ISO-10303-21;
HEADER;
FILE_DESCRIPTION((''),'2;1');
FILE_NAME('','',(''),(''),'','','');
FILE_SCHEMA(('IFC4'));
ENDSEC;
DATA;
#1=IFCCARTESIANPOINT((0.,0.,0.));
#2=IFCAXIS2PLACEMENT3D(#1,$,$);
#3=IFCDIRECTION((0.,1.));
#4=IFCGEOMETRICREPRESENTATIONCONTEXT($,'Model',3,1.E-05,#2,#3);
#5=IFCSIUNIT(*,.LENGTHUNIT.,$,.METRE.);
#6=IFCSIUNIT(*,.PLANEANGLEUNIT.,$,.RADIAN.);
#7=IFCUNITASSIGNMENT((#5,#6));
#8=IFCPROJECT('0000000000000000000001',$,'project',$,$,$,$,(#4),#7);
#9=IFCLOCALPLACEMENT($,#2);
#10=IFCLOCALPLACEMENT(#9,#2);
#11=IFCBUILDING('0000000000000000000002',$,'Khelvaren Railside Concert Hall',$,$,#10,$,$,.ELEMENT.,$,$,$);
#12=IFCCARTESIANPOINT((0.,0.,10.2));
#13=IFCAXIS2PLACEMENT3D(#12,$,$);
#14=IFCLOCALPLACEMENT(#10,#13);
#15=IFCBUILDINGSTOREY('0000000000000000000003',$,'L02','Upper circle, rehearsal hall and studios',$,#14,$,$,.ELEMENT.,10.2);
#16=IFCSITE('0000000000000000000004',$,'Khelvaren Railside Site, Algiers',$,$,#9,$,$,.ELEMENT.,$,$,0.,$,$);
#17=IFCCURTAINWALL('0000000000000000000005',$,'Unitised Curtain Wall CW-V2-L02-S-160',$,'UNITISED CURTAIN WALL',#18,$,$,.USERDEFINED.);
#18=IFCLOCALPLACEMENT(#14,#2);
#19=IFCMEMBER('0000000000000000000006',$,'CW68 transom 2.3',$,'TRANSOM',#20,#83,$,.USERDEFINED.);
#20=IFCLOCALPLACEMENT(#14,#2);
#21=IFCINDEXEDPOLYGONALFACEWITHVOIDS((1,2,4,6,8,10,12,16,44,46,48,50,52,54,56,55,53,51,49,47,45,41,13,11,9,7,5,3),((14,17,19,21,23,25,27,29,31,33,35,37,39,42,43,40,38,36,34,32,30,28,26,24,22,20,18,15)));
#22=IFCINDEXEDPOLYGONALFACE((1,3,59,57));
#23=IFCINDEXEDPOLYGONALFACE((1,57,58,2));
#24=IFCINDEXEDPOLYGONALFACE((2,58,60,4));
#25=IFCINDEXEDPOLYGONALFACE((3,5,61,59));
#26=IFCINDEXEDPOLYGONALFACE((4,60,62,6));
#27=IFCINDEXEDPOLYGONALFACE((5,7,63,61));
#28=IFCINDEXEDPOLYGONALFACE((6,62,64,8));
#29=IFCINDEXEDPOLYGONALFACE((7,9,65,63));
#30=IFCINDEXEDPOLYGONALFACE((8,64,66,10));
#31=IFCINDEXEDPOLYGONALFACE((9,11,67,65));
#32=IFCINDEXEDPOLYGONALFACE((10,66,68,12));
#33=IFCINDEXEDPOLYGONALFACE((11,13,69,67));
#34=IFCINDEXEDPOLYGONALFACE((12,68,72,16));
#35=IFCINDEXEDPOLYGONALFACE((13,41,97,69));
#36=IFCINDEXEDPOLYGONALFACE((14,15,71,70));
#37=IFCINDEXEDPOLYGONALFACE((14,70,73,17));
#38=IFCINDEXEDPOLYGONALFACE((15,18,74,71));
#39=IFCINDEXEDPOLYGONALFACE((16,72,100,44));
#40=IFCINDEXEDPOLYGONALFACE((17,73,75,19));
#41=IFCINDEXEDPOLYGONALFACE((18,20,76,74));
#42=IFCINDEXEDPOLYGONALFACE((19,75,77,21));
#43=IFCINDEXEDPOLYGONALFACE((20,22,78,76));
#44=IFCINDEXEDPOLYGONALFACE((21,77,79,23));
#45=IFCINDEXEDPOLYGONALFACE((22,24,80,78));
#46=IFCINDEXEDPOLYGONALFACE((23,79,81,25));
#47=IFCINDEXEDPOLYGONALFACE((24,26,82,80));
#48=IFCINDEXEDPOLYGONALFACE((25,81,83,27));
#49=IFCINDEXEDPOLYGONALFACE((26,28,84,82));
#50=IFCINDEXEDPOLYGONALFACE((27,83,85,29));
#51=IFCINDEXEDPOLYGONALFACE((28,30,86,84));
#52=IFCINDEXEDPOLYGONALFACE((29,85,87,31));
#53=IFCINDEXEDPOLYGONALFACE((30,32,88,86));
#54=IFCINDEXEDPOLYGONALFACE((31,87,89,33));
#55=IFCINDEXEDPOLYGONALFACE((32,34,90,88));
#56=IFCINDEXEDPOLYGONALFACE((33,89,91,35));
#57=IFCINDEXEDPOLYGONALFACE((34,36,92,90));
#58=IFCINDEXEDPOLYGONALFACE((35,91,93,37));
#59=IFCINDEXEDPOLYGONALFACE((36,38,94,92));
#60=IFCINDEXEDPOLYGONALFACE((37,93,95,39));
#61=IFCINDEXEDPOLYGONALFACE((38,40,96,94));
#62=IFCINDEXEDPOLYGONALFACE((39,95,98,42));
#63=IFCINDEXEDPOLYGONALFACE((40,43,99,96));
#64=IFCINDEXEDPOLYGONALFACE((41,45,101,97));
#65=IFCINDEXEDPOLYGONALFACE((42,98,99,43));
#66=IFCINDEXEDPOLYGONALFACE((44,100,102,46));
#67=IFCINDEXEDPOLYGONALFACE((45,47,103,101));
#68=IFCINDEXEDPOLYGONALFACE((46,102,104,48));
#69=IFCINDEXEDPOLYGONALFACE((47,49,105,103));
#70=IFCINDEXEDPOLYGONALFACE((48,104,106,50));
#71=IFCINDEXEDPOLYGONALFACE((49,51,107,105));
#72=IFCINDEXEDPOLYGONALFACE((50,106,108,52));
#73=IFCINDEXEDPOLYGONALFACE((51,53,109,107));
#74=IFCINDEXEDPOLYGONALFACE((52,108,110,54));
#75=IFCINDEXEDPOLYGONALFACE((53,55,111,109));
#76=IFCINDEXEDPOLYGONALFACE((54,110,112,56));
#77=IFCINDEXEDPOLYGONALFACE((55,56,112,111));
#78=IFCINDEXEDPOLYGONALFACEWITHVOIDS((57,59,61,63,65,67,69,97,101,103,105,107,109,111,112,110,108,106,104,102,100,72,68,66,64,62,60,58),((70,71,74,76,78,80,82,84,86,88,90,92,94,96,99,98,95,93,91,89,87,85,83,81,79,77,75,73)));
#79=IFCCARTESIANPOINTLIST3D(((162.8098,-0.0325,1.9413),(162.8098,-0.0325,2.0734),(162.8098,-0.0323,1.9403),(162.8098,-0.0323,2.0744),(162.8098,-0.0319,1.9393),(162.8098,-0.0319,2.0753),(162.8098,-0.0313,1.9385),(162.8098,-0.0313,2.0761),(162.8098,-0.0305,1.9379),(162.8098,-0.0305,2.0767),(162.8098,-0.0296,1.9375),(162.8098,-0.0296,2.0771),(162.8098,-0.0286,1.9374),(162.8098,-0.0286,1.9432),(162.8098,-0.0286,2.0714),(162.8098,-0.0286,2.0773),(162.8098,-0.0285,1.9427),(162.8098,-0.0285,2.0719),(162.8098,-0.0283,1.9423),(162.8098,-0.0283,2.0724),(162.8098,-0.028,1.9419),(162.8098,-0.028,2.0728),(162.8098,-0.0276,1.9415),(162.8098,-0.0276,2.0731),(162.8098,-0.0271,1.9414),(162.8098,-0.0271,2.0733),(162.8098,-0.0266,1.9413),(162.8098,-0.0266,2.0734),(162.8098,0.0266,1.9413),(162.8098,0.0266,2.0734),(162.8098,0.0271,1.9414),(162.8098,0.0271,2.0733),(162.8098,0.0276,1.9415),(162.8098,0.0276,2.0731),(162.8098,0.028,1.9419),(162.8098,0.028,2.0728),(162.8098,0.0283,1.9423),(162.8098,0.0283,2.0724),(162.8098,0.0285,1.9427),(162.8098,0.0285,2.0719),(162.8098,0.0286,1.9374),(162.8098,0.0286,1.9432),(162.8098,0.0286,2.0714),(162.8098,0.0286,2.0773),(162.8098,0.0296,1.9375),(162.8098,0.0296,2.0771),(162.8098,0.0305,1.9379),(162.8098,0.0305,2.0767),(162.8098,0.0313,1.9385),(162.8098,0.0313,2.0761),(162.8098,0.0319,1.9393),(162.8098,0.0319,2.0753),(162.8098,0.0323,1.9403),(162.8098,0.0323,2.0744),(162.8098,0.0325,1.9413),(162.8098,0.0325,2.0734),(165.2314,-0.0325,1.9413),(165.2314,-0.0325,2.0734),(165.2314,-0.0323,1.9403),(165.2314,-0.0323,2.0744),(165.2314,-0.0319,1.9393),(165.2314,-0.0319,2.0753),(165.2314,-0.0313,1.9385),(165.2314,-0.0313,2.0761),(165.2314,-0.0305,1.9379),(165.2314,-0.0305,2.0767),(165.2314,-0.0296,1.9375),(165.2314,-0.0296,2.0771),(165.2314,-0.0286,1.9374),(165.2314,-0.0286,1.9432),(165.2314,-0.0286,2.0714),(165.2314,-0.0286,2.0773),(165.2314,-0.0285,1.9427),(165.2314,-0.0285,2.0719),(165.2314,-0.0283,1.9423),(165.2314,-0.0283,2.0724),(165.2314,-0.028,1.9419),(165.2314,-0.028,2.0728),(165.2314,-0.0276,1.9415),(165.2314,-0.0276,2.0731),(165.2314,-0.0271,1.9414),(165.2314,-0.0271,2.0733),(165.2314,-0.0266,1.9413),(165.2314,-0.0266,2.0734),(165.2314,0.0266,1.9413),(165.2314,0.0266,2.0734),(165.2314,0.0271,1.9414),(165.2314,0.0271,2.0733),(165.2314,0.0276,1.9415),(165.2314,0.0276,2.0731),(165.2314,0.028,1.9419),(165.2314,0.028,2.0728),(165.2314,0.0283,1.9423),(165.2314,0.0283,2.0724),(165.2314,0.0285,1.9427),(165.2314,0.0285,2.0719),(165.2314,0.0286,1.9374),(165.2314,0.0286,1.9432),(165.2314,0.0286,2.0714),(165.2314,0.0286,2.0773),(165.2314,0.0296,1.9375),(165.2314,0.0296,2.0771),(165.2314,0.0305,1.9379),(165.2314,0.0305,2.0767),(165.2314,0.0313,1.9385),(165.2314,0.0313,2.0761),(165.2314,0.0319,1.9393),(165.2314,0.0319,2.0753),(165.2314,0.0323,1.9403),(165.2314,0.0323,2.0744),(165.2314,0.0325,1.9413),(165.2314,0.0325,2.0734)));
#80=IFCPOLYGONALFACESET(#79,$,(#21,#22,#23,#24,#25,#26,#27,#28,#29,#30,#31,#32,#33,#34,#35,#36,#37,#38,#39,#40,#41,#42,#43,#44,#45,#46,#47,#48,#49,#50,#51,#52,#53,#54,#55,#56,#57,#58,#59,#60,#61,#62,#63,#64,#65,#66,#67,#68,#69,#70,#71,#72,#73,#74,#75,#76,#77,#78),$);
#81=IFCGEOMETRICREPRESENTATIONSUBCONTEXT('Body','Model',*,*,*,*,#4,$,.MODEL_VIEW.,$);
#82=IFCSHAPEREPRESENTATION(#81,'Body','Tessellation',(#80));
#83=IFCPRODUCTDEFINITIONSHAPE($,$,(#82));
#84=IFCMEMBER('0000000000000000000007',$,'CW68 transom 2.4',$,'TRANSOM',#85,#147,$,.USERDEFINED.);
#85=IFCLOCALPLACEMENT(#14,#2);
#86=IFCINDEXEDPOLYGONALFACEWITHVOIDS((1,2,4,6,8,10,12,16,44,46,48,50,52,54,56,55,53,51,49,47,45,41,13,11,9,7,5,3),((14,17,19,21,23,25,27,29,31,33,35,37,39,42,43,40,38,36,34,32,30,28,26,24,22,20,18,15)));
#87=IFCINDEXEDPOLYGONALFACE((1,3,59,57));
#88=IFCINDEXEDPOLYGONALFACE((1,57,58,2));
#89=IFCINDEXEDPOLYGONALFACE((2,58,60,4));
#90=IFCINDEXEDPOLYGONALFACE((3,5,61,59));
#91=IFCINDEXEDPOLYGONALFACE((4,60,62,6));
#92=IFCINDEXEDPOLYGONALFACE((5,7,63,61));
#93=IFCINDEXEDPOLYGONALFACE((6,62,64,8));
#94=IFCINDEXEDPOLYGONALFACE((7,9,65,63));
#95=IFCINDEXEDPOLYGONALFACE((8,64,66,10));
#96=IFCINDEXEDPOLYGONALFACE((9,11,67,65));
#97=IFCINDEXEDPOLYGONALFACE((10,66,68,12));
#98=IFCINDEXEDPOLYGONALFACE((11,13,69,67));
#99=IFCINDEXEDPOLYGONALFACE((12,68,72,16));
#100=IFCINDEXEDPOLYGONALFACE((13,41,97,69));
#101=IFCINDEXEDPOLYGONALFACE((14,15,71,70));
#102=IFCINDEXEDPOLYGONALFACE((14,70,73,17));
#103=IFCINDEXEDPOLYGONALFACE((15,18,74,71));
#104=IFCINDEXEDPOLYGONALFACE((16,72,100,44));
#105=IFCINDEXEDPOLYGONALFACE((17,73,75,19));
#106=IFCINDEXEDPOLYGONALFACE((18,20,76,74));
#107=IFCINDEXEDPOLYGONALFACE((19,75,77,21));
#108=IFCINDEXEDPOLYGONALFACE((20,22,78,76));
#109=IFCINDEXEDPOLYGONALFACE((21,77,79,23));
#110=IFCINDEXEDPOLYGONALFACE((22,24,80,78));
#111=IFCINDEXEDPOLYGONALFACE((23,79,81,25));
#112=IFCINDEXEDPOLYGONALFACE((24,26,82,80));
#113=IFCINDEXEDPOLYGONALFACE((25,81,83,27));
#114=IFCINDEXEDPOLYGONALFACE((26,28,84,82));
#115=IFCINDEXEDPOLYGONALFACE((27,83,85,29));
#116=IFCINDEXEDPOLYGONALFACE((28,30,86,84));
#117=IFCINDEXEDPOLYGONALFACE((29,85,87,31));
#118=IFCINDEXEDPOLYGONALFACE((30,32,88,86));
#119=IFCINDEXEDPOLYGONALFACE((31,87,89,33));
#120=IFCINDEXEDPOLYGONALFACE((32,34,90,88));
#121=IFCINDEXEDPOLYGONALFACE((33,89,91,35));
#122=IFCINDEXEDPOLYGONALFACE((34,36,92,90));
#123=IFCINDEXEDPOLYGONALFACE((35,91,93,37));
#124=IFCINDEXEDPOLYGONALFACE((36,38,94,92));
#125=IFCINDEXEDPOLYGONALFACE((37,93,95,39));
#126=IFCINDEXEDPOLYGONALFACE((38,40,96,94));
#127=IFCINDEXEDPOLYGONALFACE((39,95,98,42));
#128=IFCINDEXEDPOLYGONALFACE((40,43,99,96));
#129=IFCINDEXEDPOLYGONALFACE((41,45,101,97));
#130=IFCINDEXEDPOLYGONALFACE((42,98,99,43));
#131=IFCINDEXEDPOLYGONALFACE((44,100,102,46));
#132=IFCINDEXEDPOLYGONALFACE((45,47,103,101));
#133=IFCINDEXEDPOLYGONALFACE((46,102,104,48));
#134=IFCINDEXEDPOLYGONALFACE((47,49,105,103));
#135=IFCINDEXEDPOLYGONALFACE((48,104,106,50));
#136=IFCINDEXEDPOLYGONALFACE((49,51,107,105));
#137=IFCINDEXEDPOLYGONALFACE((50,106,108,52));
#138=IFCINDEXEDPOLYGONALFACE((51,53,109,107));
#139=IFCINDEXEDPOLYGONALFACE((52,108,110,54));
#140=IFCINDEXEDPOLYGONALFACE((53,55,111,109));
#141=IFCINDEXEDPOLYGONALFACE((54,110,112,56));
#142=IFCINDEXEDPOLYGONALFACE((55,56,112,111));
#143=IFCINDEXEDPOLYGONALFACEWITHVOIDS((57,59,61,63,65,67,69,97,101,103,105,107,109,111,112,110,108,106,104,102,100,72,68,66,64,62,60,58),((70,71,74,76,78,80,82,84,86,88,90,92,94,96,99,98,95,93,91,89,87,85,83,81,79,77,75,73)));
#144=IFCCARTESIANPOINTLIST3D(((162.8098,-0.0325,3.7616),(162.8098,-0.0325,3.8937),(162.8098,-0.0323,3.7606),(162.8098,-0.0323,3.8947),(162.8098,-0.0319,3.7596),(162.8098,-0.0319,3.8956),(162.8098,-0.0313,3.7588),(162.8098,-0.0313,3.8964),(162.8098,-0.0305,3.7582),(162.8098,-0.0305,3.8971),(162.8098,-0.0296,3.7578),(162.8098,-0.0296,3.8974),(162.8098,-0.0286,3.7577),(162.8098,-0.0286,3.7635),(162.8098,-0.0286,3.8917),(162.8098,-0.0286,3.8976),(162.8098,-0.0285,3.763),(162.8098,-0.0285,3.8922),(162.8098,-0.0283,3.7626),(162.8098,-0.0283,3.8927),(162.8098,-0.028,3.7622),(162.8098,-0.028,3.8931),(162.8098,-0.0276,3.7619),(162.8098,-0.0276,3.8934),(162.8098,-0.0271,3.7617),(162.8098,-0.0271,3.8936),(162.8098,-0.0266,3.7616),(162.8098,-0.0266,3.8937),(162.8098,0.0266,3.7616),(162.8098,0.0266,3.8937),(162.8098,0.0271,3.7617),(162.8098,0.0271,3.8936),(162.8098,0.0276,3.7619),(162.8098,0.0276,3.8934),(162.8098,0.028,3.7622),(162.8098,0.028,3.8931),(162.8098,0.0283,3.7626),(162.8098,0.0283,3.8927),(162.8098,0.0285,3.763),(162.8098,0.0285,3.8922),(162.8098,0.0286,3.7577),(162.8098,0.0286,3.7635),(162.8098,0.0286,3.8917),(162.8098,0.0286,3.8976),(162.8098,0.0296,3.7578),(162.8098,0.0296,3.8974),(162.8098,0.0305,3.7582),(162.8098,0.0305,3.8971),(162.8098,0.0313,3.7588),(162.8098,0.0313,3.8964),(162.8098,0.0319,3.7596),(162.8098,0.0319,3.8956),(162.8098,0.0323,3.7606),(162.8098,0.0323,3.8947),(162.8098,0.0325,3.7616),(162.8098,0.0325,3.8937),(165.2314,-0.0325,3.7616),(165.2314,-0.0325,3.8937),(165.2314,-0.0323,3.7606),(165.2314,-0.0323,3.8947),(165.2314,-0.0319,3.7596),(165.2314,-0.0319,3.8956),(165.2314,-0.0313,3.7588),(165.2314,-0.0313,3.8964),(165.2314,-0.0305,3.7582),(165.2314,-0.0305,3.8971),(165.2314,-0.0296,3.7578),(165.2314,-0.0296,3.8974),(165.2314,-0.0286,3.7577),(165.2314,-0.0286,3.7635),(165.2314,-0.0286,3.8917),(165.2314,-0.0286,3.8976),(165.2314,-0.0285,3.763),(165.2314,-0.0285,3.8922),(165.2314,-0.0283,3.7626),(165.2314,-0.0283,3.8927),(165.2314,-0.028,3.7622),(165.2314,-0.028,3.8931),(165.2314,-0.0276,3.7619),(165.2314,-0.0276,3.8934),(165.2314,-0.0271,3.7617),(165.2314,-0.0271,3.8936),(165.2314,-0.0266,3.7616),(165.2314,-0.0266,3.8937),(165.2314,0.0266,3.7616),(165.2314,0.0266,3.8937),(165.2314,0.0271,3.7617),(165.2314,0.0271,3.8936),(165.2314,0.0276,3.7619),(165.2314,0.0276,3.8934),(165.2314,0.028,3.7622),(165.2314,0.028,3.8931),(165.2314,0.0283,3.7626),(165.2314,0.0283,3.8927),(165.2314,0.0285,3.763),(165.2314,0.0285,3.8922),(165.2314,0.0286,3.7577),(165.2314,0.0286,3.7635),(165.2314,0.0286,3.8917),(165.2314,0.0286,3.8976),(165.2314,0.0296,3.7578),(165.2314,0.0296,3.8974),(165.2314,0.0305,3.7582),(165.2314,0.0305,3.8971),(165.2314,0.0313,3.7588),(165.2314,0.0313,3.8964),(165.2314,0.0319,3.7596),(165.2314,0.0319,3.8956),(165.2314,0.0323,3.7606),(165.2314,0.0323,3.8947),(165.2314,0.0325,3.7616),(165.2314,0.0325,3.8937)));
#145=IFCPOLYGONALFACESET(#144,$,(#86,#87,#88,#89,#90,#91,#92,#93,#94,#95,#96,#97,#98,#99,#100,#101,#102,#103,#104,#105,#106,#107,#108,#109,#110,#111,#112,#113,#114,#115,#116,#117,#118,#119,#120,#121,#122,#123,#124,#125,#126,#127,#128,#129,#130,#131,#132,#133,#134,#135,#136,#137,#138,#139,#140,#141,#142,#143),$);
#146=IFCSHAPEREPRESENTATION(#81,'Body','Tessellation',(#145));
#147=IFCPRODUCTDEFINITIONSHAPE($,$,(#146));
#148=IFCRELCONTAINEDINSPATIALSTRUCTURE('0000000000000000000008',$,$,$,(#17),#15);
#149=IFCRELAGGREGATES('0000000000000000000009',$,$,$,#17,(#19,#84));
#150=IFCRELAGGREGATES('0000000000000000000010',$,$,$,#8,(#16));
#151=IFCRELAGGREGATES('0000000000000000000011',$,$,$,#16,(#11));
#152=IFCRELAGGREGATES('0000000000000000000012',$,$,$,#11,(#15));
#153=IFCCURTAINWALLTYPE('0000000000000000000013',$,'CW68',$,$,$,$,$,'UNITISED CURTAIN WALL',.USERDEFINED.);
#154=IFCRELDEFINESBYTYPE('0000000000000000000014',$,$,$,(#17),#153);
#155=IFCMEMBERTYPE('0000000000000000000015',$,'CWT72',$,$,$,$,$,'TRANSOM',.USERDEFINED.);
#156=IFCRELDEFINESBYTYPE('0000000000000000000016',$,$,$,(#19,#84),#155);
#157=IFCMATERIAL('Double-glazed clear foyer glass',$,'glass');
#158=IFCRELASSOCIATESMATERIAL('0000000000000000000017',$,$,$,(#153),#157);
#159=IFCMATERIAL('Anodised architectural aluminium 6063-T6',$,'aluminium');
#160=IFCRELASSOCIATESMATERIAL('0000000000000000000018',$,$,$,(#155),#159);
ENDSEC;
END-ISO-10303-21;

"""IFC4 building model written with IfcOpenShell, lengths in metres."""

from ifc_helpers import new_model, si_unit, direction, frame, origin, origin_2d, place, context, subcontext, project, spatial, hollow_rectangle, extrude, material, material_profile, profile_set, type_object, element, aggregate, save


model = new_model("IFC4")

# Units and contexts
model_context = context("Model", 3, precision=1e-05, world=origin(), true_north=direction((0.0, 1.0)))
body_context = subcontext(model_context, "Body", "Model", "MODEL_VIEW")
ifc_project = project(units=[si_unit("LENGTHUNIT", "METRE"), si_unit("PLANEANGLEUNIT", "RADIAN")], contexts=[model_context])

# Site, building, storey
site_placement = place(None, origin())
site = spatial("IfcSite", under=ifc_project, at=site_placement, Name="Khelvaren Railside Site, Algiers", CompositionType="ELEMENT", RefElevation=0.0)
building_placement = place(site_placement, origin())
building = spatial("IfcBuilding", under=site, at=building_placement, Name="Khelvaren Railside Concert Hall", CompositionType="ELEMENT")
storey_placement = place(building_placement, frame((0.0, 0.0, 10.2)))
storey = spatial("IfcBuildingStorey", under=building, at=storey_placement, Name="L02", Description="Upper circle, rehearsal hall and studios", CompositionType="ELEMENT", Elevation=10.2)

# Curtain wall, members
ifc_material_1 = material(Name="Double-glazed clear foyer glass", Category="glass")
curtain_wall_type = type_object("IfcCurtainWallType", Name="CW68", ElementType="UNITISED CURTAIN WALL", PredefinedType="USERDEFINED", material=ifc_material_1)
curtain_wall_placement = place(storey_placement, origin())
curtain_wall = element("IfcCurtainWall", 1, at=curtain_wall_placement, inside=storey, type_object=curtain_wall_type, Name="Unitised Curtain Wall CW-V2-L02-S-160", ObjectType="UNITISED CURTAIN WALL", PredefinedType="USERDEFINED")
ifc_material_2 = material(Name="Anodised architectural aluminium 6063-T6", Category="aluminium")
ifc_material_profile_1 = material_profile(ifc_material_2, hollow_rectangle(XDim=0.0649, YDim=0.1399, WallThickness=0.0039, InnerFilletRadius=0.002, OuterFilletRadius=0.0039, at=origin_2d()), Name="CWT 65x140x4")
ifc_profile_set_1 = profile_set([ifc_material_profile_1], Name="Anodised architectural aluminium 6063-T6")
member_type_1 = type_object("IfcMemberType", Name="CWT72", ElementType="TRANSOM", PredefinedType="USERDEFINED", material=ifc_profile_set_1)
member_1_placement = place(storey_placement, frame((165.2314, 0.0, 2.0073), z_axis=(-1.0, 0.0, 0.0), x_axis=(0.0, -1.0, 0.0)))
member_1 = element("IfcMember", 2, at=member_1_placement, type_object=member_type_1, Name="CW68 transom 2.3", ObjectType="TRANSOM", PredefinedType="USERDEFINED", context=body_context, shape_type="SweptSolid", body=[
    extrude(hollow_rectangle(XDim=0.0649, YDim=0.1399, WallThickness=0.0039, InnerFilletRadius=0.002, OuterFilletRadius=0.0039, at=origin_2d()), origin(), (0.0, 0.0, 1.0), 2.4216),
])
member_2_placement = place(storey_placement, frame((165.2314, 0.0, 3.8276), z_axis=(-1.0, 0.0, 0.0), x_axis=(0.0, -1.0, 0.0)))
member_2 = element("IfcMember", 3, at=member_2_placement, type_object=member_type_1, Name="CW68 transom 2.4", ObjectType="TRANSOM", PredefinedType="USERDEFINED", context=body_context, shape_type="SweptSolid", body=[
    extrude(hollow_rectangle(XDim=0.0649, YDim=0.1399, WallThickness=0.0039, InnerFilletRadius=0.002, OuterFilletRadius=0.0039, at=origin_2d()), origin(), (0.0, 0.0, 1.0), 2.4216),
])

aggregate(curtain_wall, [member_1, member_2])

save(model, "model.ifc")
